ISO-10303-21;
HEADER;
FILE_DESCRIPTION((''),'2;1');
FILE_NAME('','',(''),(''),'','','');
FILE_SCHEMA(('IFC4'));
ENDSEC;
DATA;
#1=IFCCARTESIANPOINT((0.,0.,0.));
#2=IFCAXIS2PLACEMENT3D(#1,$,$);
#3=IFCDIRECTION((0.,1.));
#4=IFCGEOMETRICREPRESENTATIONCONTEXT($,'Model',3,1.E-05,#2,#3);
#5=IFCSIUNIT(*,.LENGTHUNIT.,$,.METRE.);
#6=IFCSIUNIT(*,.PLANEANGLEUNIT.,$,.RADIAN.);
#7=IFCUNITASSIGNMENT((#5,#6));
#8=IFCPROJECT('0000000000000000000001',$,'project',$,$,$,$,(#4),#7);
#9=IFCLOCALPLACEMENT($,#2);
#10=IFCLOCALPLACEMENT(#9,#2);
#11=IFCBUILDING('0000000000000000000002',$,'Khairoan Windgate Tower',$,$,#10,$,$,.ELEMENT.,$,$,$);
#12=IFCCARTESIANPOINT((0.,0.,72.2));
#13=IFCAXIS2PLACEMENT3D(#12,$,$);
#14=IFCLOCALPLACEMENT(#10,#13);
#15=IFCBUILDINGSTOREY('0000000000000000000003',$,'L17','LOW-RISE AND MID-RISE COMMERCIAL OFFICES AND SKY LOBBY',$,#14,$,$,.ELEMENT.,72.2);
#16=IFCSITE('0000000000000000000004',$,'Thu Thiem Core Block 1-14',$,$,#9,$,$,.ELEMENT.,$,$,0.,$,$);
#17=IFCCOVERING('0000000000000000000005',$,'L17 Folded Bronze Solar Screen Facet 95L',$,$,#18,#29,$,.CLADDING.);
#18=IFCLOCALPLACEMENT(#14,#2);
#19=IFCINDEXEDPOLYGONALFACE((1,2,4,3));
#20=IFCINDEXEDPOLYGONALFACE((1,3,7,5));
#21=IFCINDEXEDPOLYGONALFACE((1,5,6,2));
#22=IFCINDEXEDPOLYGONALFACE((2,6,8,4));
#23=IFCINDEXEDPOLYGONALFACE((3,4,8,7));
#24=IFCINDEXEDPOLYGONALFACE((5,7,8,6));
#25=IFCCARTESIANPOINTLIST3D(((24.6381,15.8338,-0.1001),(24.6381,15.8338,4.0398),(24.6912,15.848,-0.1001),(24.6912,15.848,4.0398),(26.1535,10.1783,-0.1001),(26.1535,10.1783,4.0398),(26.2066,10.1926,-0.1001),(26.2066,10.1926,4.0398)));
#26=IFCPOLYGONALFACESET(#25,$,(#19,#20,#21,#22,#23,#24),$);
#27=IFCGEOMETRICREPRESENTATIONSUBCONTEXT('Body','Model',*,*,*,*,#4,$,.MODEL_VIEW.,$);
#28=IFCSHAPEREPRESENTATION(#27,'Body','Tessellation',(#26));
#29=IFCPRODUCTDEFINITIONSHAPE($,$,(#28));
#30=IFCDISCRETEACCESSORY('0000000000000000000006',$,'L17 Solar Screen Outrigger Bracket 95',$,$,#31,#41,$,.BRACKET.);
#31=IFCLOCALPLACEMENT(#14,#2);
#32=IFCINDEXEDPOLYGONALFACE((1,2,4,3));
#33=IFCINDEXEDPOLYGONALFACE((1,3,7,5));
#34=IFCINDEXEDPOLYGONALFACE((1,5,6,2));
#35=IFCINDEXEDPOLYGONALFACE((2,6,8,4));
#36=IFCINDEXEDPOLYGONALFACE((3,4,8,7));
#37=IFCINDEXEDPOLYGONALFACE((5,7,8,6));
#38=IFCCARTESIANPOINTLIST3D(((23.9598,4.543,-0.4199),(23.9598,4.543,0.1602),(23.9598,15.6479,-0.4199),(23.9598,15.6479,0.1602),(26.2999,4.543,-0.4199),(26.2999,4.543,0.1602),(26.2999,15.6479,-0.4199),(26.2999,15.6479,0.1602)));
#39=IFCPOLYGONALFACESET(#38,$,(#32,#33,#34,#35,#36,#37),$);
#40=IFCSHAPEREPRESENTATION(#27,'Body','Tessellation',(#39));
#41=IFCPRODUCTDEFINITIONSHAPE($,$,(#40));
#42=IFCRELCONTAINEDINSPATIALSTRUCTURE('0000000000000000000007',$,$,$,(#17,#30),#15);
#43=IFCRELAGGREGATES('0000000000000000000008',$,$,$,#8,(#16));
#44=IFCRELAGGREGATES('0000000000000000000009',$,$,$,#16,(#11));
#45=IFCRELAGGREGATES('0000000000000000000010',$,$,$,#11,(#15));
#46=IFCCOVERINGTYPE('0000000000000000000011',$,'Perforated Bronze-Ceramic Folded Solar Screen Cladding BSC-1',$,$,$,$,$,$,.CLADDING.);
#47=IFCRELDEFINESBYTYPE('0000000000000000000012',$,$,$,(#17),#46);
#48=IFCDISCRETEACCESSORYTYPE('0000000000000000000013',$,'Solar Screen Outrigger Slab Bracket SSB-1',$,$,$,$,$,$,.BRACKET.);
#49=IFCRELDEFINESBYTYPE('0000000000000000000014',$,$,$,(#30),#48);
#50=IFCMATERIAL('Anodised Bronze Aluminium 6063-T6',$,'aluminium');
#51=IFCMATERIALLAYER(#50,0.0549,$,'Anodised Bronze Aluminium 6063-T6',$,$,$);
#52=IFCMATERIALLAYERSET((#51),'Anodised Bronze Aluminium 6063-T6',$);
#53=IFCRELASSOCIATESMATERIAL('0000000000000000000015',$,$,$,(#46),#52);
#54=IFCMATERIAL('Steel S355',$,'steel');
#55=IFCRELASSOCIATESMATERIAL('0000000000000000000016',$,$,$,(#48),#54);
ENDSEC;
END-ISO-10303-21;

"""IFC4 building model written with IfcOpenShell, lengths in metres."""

from ifc_helpers import new_model, si_unit, direction, frame, origin, origin_2d, place, context, subcontext, project, spatial, rectangle, extrude, material, layer, layer_set, type_object, element, save


model = new_model("IFC4")

# Units and contexts
model_context = context("Model", 3, precision=1e-05, world=origin(), true_north=direction((0.0, 1.0)))
body_context = subcontext(model_context, "Body", "Model", "MODEL_VIEW")
ifc_project = project(units=[si_unit("LENGTHUNIT", "METRE"), si_unit("PLANEANGLEUNIT", "RADIAN")], contexts=[model_context])

# Site, building, storey
site_placement = place(None, origin())
site = spatial("IfcSite", under=ifc_project, at=site_placement, Name="Thu Thiem Core Block 1-14", CompositionType="ELEMENT", RefElevation=0.0)
building_placement = place(site_placement, origin())
building = spatial("IfcBuilding", under=site, at=building_placement, Name="Khairoan Windgate Tower", CompositionType="ELEMENT")
storey_placement = place(building_placement, frame((0.0, 0.0, 72.2)))
storey = spatial("IfcBuildingStorey", under=building, at=storey_placement, Name="L17", Description="LOW-RISE AND MID-RISE COMMERCIAL OFFICES AND SKY LOBBY", CompositionType="ELEMENT", Elevation=72.2)

# Covering
ifc_material_1 = material(Name="Anodised Bronze Aluminium 6063-T6", Category="aluminium")
ifc_layer_1 = layer(ifc_material_1, 0.0549, Name="Anodised Bronze Aluminium 6063-T6")
ifc_layer_set_1 = layer_set([ifc_layer_1], Name="Anodised Bronze Aluminium 6063-T6")
covering_type = type_object("IfcCoveringType", Name="Perforated Bronze-Ceramic Folded Solar Screen Cladding BSC-1", PredefinedType="CLADDING", material=ifc_layer_set_1)
covering_placement = place(storey_placement, frame((25.4224, 13.0132, -0.1001), z_axis=(0.0, 0.0, 1.0), x_axis=(0.258819, -0.965926, 0.0)))
element("IfcCovering", 1, at=covering_placement, inside=storey, type_object=covering_type, Name="L17 Folded Bronze Solar Screen Facet 95L", PredefinedType="CLADDING", context=body_context, shape_type="SweptSolid", body=[
    extrude(rectangle(XDim=5.855, YDim=0.0549, at=origin_2d()), origin(), (0.0, 0.0, 1.0), 4.1399),
])

# Discrete accessory
ifc_material_2 = material(Name="Steel S355", Category="steel")
discrete_accessory_type = type_object("IfcDiscreteAccessoryType", Name="Solar Screen Outrigger Slab Bracket SSB-1", PredefinedType="BRACKET", material=ifc_material_2)
discrete_accessory_placement = place(storey_placement, frame((25.1299, 10.0955, -0.4199), z_axis=(0.0, 0.0, 1.0), x_axis=(0.0, -1.0, 0.0)))
element("IfcDiscreteAccessory", 2, at=discrete_accessory_placement, inside=storey, type_object=discrete_accessory_type, Name="L17 Solar Screen Outrigger Bracket 95", PredefinedType="BRACKET", context=body_context, shape_type="SweptSolid", body=[
    extrude(rectangle(XDim=11.105, YDim=2.3401, at=origin_2d()), origin(), (0.0, 0.0, 1.0), 0.5801),
])

save(model, "model.ifc")
